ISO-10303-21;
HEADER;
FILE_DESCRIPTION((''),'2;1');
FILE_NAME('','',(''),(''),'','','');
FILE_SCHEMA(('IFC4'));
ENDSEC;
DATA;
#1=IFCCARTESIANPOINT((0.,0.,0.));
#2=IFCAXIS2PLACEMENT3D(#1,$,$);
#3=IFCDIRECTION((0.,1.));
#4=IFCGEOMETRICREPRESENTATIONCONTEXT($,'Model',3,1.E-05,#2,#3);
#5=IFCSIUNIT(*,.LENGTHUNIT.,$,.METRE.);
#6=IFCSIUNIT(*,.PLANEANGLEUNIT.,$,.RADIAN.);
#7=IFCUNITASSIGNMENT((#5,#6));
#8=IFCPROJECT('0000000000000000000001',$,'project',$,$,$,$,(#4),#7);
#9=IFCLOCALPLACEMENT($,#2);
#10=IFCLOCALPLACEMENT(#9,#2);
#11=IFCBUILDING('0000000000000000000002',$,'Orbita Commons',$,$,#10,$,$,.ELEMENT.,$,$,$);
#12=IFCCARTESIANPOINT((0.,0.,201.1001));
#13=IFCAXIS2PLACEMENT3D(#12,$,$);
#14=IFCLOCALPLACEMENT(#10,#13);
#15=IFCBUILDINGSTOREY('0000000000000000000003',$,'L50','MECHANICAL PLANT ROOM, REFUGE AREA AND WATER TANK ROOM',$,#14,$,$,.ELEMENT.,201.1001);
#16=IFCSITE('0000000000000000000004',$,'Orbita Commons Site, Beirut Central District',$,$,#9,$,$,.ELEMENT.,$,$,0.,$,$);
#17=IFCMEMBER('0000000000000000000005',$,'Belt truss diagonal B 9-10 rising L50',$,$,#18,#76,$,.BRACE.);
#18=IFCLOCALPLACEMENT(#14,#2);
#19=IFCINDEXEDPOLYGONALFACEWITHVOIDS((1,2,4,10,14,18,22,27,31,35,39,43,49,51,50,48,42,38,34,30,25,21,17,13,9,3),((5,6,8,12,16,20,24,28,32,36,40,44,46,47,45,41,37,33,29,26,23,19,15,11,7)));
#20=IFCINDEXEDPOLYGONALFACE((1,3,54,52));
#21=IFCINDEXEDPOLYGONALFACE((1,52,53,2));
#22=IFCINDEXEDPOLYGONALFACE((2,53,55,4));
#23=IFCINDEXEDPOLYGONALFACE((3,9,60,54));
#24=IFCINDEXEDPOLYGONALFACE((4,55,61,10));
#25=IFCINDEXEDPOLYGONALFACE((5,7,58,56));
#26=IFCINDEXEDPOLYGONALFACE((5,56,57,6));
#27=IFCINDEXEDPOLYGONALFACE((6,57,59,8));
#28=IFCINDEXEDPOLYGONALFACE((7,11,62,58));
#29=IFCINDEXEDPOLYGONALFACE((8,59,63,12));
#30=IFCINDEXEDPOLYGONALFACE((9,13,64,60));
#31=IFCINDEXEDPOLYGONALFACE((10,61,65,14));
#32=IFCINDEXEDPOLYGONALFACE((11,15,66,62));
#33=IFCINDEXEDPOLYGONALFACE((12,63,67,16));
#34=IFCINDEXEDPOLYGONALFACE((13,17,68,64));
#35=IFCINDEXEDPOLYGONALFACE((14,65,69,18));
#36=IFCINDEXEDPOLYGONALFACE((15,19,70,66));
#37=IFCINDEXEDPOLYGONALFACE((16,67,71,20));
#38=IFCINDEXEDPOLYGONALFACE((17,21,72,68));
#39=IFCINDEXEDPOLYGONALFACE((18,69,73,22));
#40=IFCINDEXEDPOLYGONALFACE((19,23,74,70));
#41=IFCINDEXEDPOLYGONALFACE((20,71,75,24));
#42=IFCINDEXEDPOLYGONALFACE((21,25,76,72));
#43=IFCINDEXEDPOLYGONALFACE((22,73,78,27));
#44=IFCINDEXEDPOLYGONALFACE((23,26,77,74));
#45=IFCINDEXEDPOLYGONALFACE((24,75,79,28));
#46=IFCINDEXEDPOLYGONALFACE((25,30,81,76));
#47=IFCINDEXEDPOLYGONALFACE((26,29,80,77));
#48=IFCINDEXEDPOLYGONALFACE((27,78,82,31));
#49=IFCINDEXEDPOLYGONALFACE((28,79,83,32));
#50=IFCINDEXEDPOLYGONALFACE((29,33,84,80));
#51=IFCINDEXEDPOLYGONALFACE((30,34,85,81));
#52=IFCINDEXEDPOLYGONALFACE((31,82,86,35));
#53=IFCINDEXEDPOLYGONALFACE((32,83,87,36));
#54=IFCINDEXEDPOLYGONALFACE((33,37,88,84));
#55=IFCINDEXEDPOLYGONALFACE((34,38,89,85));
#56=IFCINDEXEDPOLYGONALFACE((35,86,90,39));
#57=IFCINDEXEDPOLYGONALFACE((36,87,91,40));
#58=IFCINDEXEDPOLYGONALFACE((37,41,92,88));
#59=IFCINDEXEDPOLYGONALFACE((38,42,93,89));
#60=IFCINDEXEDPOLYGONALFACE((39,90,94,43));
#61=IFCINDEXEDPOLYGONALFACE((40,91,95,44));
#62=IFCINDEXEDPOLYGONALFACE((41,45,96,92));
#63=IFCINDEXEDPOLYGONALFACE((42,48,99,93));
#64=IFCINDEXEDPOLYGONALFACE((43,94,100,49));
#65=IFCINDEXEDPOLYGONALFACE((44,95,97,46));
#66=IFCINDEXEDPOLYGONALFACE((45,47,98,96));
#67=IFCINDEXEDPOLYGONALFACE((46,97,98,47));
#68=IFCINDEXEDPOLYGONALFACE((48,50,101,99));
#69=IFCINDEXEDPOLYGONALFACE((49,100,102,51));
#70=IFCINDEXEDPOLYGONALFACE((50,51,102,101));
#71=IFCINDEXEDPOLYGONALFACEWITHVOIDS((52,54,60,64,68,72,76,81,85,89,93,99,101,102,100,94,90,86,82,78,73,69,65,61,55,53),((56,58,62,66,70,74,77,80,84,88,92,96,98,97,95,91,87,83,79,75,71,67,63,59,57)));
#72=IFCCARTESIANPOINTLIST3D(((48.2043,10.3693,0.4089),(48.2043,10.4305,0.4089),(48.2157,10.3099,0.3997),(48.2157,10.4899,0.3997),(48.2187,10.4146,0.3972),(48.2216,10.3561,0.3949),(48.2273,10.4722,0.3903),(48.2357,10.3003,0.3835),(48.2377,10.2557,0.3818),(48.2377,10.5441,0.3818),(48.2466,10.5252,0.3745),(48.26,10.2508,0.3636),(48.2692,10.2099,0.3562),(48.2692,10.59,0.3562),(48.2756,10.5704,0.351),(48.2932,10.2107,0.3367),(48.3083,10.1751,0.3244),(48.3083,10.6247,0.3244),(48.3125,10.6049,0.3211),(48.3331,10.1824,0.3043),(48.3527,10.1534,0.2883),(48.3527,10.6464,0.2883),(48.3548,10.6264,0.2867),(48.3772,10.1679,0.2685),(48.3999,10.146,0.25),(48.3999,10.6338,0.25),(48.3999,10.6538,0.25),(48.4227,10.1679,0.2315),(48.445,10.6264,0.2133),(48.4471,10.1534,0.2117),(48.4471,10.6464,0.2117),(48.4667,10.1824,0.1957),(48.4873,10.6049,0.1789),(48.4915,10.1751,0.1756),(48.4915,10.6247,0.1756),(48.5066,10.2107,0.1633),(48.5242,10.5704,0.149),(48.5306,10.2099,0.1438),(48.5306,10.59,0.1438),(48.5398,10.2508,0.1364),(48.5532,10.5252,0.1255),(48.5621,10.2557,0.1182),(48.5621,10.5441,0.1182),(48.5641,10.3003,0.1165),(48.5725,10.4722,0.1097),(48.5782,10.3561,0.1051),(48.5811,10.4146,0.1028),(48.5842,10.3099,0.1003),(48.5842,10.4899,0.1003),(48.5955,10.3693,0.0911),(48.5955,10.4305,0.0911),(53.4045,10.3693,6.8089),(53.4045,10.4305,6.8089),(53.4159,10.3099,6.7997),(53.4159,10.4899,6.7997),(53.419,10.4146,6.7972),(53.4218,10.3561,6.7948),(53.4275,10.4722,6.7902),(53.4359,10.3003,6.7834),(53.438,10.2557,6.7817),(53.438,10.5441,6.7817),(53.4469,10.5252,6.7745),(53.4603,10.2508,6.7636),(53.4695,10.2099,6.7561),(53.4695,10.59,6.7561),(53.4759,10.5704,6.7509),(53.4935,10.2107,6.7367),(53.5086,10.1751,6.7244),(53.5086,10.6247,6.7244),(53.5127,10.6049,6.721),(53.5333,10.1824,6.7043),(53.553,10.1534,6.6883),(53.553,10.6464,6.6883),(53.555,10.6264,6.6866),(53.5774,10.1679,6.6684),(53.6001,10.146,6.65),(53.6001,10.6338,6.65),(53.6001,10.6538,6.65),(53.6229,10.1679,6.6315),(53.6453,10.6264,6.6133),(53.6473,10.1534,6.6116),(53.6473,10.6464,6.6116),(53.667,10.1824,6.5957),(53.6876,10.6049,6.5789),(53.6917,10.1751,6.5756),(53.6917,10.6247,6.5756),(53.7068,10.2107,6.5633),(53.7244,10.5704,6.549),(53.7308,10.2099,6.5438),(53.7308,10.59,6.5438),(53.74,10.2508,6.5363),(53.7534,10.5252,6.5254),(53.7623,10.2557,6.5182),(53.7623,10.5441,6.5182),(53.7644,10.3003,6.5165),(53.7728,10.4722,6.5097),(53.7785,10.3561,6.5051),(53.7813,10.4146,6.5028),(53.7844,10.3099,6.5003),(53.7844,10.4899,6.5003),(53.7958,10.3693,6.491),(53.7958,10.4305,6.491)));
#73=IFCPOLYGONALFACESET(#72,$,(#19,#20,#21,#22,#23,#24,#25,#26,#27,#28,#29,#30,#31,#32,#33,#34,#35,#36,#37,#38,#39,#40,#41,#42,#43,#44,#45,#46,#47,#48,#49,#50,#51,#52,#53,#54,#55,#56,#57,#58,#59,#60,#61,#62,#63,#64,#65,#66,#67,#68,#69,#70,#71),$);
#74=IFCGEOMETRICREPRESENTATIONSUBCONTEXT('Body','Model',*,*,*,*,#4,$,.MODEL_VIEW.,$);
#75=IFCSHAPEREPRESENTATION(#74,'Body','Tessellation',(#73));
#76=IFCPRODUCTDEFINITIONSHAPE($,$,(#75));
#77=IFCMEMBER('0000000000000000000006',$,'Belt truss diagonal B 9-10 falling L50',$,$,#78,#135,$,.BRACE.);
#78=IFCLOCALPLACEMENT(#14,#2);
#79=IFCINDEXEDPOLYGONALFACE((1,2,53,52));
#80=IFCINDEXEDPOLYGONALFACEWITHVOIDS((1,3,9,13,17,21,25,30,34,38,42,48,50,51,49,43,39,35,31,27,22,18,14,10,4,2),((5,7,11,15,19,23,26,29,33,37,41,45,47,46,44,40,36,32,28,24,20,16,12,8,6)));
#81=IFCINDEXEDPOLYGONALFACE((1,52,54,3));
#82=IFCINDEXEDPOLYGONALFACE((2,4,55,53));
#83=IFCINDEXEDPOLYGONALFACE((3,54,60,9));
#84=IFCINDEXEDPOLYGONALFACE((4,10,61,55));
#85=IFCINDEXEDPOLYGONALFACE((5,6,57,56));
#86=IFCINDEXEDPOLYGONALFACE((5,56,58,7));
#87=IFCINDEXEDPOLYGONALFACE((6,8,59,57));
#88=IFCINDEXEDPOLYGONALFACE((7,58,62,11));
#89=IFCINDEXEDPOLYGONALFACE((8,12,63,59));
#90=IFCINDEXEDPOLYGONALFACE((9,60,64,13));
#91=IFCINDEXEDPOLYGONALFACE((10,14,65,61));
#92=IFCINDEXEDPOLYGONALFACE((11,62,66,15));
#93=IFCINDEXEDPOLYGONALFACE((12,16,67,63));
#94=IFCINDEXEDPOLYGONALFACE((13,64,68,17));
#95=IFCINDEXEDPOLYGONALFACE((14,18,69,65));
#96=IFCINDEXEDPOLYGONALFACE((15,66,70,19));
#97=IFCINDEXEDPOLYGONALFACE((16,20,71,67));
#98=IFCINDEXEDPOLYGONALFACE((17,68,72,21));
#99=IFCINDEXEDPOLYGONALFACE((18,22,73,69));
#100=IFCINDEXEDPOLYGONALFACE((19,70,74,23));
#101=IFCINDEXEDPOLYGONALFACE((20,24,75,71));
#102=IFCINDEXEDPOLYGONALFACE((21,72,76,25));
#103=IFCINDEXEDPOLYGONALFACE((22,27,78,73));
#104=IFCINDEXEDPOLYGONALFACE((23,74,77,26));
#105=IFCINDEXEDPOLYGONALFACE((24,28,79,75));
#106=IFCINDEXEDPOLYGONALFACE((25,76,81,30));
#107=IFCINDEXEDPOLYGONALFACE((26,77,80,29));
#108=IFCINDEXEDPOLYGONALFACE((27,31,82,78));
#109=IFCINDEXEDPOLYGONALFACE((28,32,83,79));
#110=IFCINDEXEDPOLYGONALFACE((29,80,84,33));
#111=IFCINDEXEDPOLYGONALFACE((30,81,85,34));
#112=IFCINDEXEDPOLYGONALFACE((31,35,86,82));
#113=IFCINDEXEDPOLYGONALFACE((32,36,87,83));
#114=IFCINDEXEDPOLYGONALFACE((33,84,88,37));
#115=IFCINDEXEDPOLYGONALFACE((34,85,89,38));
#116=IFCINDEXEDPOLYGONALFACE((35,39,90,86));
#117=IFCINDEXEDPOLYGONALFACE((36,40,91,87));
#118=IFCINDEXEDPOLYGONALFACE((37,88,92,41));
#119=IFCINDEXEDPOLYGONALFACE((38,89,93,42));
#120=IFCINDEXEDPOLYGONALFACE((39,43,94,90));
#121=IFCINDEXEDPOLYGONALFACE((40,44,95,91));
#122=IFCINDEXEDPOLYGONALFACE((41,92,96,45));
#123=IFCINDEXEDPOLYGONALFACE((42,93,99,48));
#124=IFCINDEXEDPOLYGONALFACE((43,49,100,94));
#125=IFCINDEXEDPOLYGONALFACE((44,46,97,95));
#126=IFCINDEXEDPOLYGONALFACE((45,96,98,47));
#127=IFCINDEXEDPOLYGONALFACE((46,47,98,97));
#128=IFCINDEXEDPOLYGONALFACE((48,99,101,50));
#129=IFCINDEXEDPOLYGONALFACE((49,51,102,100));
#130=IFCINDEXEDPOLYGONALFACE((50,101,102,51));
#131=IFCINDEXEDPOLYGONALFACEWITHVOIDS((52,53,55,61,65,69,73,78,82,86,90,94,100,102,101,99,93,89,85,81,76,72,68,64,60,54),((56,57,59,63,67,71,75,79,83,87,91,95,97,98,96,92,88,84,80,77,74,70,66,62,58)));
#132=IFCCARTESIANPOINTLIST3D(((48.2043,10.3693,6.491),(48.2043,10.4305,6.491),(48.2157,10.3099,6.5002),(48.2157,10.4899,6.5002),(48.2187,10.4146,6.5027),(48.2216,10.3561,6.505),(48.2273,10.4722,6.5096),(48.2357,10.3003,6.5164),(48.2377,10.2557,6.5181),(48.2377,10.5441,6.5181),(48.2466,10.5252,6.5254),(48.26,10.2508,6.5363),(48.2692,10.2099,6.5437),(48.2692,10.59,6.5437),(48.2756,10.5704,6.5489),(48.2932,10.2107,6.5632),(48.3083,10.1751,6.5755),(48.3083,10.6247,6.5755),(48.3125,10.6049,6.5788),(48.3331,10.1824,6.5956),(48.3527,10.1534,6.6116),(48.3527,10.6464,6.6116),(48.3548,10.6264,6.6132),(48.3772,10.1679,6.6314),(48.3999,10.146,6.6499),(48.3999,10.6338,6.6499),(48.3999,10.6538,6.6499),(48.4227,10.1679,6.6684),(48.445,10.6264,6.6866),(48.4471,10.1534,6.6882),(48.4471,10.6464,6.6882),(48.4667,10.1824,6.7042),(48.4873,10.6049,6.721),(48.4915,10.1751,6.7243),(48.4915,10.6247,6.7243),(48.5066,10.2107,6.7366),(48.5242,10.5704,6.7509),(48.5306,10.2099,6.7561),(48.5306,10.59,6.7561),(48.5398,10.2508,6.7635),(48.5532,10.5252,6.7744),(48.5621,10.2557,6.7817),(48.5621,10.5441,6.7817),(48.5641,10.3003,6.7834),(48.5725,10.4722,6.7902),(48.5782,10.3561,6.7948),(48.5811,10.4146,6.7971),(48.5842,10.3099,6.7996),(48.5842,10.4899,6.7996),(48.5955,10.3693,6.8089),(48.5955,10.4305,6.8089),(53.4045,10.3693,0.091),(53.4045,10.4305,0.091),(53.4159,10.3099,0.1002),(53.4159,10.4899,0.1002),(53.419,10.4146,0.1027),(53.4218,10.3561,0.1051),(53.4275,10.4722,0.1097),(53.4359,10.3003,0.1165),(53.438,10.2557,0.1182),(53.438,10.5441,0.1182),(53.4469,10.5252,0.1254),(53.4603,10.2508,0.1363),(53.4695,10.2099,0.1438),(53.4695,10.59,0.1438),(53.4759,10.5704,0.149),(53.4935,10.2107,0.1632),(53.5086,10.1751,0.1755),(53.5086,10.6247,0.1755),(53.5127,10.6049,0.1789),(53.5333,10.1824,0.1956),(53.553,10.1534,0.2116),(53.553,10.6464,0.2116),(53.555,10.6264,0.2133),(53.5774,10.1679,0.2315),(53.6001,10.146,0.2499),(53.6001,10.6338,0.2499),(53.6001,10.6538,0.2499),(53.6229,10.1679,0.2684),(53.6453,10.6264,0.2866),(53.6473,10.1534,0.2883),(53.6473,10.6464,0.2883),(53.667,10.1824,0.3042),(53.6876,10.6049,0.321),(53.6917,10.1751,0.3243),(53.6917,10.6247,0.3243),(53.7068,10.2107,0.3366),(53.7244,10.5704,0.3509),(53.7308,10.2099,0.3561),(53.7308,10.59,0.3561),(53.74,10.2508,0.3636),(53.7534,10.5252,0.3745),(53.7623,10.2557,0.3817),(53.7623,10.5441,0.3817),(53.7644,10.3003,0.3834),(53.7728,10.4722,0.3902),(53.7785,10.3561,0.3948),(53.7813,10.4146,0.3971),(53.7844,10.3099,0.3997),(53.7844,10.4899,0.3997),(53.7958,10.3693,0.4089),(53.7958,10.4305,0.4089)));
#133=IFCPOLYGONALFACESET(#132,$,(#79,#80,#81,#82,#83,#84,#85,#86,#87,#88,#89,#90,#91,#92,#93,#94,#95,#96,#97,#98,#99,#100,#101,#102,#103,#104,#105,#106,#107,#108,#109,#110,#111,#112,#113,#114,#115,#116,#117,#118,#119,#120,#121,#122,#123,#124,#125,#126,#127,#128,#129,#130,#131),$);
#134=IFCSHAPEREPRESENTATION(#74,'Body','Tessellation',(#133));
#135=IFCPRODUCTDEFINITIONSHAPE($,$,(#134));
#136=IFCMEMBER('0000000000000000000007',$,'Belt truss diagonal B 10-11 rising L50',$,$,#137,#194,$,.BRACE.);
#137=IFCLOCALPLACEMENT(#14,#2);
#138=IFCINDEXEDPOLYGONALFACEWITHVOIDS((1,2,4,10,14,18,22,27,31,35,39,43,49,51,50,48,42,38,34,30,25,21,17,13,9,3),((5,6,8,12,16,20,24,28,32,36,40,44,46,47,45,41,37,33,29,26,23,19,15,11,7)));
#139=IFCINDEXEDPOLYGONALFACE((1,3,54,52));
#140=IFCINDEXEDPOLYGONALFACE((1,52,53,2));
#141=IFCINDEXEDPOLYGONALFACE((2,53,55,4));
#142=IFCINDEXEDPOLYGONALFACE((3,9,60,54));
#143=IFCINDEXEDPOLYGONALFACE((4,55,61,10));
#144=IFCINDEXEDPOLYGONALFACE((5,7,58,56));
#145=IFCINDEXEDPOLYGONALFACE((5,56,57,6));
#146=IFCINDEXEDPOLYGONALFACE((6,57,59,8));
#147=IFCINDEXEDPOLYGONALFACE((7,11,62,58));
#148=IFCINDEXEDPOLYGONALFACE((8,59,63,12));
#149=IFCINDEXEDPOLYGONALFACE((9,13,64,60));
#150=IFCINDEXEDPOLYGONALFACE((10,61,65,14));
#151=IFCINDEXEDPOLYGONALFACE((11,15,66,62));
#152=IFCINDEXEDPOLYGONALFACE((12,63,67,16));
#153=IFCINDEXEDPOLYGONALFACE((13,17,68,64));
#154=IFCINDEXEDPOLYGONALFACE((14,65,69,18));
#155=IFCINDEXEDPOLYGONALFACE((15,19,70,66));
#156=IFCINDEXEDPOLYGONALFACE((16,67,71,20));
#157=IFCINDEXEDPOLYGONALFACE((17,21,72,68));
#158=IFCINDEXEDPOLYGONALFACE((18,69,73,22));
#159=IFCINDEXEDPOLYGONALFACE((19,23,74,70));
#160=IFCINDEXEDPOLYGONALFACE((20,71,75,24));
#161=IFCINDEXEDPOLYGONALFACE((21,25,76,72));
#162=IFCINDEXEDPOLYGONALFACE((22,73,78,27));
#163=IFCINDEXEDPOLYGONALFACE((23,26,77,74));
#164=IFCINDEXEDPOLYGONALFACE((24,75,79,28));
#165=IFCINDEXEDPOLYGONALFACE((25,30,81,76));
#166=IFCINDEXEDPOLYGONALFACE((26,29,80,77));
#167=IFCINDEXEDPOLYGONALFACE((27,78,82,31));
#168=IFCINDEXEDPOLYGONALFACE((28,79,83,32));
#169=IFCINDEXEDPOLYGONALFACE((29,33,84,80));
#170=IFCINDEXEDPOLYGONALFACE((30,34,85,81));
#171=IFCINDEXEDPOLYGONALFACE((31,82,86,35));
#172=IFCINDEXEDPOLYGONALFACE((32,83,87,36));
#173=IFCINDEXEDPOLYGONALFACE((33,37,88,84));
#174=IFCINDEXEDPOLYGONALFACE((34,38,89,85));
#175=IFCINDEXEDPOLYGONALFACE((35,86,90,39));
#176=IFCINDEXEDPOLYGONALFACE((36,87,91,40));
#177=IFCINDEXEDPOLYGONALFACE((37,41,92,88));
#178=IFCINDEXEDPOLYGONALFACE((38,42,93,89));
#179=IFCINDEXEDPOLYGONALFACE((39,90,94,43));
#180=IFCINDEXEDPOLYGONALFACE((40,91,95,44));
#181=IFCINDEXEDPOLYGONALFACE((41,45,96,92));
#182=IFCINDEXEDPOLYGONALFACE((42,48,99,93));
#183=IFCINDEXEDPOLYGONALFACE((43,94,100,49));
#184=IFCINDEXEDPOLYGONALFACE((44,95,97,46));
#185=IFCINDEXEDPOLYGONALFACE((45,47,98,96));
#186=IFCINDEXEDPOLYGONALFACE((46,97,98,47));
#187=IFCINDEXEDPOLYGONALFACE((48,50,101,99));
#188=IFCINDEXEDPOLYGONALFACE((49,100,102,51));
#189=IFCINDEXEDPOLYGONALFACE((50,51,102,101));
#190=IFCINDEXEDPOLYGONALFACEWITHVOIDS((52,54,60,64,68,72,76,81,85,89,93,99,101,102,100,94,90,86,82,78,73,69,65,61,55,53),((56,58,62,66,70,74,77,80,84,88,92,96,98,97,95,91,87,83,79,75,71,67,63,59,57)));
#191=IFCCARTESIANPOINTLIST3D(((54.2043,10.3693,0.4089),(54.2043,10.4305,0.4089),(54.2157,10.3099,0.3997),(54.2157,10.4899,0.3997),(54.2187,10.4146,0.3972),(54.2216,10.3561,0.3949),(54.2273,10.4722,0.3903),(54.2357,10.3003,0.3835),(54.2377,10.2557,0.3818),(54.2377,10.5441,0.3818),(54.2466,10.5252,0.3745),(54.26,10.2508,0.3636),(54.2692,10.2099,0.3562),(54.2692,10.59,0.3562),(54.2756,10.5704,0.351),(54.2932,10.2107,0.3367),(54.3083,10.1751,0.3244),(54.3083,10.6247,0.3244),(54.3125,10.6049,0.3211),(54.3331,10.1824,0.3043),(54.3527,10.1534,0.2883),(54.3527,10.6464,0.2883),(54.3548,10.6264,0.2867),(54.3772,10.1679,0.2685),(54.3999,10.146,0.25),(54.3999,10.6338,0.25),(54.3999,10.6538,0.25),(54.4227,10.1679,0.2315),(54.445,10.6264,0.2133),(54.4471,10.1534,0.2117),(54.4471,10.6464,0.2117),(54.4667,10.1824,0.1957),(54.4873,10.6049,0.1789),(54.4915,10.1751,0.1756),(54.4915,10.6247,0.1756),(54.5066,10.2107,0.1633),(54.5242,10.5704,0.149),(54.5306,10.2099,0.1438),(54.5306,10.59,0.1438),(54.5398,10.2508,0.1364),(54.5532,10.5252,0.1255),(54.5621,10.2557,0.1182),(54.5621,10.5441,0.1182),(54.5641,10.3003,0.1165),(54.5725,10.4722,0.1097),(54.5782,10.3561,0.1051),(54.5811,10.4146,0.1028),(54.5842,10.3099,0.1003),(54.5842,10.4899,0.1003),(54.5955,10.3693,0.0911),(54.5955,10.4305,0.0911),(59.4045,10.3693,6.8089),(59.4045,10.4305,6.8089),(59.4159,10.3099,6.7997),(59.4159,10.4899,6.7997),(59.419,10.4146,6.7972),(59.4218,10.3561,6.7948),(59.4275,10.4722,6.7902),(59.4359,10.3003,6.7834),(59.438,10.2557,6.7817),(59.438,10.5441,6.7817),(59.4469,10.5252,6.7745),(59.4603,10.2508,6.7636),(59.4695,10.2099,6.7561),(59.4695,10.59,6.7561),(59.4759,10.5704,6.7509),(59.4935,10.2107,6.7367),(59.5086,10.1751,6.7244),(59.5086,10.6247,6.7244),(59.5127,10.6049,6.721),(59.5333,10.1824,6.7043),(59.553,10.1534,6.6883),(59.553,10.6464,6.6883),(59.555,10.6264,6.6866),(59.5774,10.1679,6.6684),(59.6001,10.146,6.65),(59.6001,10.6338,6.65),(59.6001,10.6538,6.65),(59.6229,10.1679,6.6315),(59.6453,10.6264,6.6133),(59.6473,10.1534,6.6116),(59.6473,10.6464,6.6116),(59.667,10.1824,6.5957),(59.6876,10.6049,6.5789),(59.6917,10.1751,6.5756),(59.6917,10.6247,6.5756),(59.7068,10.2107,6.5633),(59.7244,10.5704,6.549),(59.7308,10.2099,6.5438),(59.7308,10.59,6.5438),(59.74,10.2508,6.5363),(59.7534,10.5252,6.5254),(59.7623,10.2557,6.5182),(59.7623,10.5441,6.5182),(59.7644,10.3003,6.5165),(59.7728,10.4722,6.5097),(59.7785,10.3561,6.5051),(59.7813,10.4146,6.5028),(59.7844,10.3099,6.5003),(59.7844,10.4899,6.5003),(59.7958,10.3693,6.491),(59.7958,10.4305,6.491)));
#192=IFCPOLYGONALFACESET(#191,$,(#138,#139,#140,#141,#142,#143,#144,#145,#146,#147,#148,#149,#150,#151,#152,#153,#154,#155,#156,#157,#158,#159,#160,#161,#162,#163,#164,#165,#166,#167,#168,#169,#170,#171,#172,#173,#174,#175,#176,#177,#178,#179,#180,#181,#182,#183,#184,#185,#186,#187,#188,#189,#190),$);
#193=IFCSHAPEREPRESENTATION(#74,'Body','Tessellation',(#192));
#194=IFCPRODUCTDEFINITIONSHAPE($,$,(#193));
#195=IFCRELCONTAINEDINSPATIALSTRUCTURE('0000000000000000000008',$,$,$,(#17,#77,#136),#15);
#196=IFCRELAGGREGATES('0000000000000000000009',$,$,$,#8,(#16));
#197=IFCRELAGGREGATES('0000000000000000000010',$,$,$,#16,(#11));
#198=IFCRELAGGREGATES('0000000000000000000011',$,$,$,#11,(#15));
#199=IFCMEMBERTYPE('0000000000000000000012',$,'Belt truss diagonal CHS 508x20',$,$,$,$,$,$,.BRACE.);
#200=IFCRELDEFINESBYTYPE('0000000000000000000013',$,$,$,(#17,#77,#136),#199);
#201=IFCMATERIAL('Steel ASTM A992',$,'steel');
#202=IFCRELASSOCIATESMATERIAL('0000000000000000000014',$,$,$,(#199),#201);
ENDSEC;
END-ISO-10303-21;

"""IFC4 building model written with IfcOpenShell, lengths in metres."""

from ifc_helpers import new_model, si_unit, direction, frame, origin, origin_2d, place, context, subcontext, project, spatial, hollow_circle, extrude, material, material_profile, profile_set, type_object, element, save


model = new_model("IFC4")

# Units and contexts
model_context = context("Model", 3, precision=1e-05, world=origin(), true_north=direction((0.0, 1.0)))
body_context = subcontext(model_context, "Body", "Model", "MODEL_VIEW")
ifc_project = project(units=[si_unit("LENGTHUNIT", "METRE"), si_unit("PLANEANGLEUNIT", "RADIAN")], contexts=[model_context])

# Site, building, storey
site_placement = place(None, origin())
site = spatial("IfcSite", under=ifc_project, at=site_placement, Name="Orbita Commons Site, Beirut Central District", CompositionType="ELEMENT", RefElevation=0.0)
building_placement = place(site_placement, origin())
building = spatial("IfcBuilding", under=site, at=building_placement, Name="Orbita Commons", CompositionType="ELEMENT")
storey_placement = place(building_placement, frame((0.0, 0.0, 201.1001)))
storey = spatial("IfcBuildingStorey", under=building, at=storey_placement, Name="L50", Description="MECHANICAL PLANT ROOM, REFUGE AREA AND WATER TANK ROOM", CompositionType="ELEMENT", Elevation=201.1001)

# Members
ifc_material_1 = material(Name="Steel ASTM A992", Category="steel")
ifc_material_profile_1 = material_profile(ifc_material_1, hollow_circle(Radius=0.2539, WallThickness=0.02, at=origin_2d()), Name="CHS 508x20")
ifc_profile_set_1 = profile_set([ifc_material_profile_1], Name="Steel ASTM A992")
member_type_1 = type_object("IfcMemberType", Name="Belt truss diagonal CHS 508x20", PredefinedType="BRACE", material=ifc_profile_set_1)
for number, where, z_axis, x_axis, name in (
    (1, (48.3999, 10.3999, 0.25), (0.630613, 0.0, 0.776098), (0.0, 1.0, 0.0), "Belt truss diagonal B 9-10 rising L50"),
    (2, (48.3999, 10.3999, 6.6499), (0.630613, 0.0, -0.776098), (0.0, 1.0, 0.0), "Belt truss diagonal B 9-10 falling L50"),
    (3, (54.3999, 10.3999, 0.25), (0.630613, 0.0, 0.776098), (0.0, 1.0, 0.0), "Belt truss diagonal B 10-11 rising L50"),
):
    element("IfcMember", number, at=place(storey_placement, frame(where, z_axis=z_axis, x_axis=x_axis)), inside=storey, type_object=member_type_1, Name=name, PredefinedType="BRACE", context=body_context, shape_type="SweptSolid", body=[
        extrude(hollow_circle(Radius=0.2539, WallThickness=0.02, at=origin_2d()), origin(), (0.0, 0.0, 1.0), 8.2463),
    ])

save(model, "model.ifc")
